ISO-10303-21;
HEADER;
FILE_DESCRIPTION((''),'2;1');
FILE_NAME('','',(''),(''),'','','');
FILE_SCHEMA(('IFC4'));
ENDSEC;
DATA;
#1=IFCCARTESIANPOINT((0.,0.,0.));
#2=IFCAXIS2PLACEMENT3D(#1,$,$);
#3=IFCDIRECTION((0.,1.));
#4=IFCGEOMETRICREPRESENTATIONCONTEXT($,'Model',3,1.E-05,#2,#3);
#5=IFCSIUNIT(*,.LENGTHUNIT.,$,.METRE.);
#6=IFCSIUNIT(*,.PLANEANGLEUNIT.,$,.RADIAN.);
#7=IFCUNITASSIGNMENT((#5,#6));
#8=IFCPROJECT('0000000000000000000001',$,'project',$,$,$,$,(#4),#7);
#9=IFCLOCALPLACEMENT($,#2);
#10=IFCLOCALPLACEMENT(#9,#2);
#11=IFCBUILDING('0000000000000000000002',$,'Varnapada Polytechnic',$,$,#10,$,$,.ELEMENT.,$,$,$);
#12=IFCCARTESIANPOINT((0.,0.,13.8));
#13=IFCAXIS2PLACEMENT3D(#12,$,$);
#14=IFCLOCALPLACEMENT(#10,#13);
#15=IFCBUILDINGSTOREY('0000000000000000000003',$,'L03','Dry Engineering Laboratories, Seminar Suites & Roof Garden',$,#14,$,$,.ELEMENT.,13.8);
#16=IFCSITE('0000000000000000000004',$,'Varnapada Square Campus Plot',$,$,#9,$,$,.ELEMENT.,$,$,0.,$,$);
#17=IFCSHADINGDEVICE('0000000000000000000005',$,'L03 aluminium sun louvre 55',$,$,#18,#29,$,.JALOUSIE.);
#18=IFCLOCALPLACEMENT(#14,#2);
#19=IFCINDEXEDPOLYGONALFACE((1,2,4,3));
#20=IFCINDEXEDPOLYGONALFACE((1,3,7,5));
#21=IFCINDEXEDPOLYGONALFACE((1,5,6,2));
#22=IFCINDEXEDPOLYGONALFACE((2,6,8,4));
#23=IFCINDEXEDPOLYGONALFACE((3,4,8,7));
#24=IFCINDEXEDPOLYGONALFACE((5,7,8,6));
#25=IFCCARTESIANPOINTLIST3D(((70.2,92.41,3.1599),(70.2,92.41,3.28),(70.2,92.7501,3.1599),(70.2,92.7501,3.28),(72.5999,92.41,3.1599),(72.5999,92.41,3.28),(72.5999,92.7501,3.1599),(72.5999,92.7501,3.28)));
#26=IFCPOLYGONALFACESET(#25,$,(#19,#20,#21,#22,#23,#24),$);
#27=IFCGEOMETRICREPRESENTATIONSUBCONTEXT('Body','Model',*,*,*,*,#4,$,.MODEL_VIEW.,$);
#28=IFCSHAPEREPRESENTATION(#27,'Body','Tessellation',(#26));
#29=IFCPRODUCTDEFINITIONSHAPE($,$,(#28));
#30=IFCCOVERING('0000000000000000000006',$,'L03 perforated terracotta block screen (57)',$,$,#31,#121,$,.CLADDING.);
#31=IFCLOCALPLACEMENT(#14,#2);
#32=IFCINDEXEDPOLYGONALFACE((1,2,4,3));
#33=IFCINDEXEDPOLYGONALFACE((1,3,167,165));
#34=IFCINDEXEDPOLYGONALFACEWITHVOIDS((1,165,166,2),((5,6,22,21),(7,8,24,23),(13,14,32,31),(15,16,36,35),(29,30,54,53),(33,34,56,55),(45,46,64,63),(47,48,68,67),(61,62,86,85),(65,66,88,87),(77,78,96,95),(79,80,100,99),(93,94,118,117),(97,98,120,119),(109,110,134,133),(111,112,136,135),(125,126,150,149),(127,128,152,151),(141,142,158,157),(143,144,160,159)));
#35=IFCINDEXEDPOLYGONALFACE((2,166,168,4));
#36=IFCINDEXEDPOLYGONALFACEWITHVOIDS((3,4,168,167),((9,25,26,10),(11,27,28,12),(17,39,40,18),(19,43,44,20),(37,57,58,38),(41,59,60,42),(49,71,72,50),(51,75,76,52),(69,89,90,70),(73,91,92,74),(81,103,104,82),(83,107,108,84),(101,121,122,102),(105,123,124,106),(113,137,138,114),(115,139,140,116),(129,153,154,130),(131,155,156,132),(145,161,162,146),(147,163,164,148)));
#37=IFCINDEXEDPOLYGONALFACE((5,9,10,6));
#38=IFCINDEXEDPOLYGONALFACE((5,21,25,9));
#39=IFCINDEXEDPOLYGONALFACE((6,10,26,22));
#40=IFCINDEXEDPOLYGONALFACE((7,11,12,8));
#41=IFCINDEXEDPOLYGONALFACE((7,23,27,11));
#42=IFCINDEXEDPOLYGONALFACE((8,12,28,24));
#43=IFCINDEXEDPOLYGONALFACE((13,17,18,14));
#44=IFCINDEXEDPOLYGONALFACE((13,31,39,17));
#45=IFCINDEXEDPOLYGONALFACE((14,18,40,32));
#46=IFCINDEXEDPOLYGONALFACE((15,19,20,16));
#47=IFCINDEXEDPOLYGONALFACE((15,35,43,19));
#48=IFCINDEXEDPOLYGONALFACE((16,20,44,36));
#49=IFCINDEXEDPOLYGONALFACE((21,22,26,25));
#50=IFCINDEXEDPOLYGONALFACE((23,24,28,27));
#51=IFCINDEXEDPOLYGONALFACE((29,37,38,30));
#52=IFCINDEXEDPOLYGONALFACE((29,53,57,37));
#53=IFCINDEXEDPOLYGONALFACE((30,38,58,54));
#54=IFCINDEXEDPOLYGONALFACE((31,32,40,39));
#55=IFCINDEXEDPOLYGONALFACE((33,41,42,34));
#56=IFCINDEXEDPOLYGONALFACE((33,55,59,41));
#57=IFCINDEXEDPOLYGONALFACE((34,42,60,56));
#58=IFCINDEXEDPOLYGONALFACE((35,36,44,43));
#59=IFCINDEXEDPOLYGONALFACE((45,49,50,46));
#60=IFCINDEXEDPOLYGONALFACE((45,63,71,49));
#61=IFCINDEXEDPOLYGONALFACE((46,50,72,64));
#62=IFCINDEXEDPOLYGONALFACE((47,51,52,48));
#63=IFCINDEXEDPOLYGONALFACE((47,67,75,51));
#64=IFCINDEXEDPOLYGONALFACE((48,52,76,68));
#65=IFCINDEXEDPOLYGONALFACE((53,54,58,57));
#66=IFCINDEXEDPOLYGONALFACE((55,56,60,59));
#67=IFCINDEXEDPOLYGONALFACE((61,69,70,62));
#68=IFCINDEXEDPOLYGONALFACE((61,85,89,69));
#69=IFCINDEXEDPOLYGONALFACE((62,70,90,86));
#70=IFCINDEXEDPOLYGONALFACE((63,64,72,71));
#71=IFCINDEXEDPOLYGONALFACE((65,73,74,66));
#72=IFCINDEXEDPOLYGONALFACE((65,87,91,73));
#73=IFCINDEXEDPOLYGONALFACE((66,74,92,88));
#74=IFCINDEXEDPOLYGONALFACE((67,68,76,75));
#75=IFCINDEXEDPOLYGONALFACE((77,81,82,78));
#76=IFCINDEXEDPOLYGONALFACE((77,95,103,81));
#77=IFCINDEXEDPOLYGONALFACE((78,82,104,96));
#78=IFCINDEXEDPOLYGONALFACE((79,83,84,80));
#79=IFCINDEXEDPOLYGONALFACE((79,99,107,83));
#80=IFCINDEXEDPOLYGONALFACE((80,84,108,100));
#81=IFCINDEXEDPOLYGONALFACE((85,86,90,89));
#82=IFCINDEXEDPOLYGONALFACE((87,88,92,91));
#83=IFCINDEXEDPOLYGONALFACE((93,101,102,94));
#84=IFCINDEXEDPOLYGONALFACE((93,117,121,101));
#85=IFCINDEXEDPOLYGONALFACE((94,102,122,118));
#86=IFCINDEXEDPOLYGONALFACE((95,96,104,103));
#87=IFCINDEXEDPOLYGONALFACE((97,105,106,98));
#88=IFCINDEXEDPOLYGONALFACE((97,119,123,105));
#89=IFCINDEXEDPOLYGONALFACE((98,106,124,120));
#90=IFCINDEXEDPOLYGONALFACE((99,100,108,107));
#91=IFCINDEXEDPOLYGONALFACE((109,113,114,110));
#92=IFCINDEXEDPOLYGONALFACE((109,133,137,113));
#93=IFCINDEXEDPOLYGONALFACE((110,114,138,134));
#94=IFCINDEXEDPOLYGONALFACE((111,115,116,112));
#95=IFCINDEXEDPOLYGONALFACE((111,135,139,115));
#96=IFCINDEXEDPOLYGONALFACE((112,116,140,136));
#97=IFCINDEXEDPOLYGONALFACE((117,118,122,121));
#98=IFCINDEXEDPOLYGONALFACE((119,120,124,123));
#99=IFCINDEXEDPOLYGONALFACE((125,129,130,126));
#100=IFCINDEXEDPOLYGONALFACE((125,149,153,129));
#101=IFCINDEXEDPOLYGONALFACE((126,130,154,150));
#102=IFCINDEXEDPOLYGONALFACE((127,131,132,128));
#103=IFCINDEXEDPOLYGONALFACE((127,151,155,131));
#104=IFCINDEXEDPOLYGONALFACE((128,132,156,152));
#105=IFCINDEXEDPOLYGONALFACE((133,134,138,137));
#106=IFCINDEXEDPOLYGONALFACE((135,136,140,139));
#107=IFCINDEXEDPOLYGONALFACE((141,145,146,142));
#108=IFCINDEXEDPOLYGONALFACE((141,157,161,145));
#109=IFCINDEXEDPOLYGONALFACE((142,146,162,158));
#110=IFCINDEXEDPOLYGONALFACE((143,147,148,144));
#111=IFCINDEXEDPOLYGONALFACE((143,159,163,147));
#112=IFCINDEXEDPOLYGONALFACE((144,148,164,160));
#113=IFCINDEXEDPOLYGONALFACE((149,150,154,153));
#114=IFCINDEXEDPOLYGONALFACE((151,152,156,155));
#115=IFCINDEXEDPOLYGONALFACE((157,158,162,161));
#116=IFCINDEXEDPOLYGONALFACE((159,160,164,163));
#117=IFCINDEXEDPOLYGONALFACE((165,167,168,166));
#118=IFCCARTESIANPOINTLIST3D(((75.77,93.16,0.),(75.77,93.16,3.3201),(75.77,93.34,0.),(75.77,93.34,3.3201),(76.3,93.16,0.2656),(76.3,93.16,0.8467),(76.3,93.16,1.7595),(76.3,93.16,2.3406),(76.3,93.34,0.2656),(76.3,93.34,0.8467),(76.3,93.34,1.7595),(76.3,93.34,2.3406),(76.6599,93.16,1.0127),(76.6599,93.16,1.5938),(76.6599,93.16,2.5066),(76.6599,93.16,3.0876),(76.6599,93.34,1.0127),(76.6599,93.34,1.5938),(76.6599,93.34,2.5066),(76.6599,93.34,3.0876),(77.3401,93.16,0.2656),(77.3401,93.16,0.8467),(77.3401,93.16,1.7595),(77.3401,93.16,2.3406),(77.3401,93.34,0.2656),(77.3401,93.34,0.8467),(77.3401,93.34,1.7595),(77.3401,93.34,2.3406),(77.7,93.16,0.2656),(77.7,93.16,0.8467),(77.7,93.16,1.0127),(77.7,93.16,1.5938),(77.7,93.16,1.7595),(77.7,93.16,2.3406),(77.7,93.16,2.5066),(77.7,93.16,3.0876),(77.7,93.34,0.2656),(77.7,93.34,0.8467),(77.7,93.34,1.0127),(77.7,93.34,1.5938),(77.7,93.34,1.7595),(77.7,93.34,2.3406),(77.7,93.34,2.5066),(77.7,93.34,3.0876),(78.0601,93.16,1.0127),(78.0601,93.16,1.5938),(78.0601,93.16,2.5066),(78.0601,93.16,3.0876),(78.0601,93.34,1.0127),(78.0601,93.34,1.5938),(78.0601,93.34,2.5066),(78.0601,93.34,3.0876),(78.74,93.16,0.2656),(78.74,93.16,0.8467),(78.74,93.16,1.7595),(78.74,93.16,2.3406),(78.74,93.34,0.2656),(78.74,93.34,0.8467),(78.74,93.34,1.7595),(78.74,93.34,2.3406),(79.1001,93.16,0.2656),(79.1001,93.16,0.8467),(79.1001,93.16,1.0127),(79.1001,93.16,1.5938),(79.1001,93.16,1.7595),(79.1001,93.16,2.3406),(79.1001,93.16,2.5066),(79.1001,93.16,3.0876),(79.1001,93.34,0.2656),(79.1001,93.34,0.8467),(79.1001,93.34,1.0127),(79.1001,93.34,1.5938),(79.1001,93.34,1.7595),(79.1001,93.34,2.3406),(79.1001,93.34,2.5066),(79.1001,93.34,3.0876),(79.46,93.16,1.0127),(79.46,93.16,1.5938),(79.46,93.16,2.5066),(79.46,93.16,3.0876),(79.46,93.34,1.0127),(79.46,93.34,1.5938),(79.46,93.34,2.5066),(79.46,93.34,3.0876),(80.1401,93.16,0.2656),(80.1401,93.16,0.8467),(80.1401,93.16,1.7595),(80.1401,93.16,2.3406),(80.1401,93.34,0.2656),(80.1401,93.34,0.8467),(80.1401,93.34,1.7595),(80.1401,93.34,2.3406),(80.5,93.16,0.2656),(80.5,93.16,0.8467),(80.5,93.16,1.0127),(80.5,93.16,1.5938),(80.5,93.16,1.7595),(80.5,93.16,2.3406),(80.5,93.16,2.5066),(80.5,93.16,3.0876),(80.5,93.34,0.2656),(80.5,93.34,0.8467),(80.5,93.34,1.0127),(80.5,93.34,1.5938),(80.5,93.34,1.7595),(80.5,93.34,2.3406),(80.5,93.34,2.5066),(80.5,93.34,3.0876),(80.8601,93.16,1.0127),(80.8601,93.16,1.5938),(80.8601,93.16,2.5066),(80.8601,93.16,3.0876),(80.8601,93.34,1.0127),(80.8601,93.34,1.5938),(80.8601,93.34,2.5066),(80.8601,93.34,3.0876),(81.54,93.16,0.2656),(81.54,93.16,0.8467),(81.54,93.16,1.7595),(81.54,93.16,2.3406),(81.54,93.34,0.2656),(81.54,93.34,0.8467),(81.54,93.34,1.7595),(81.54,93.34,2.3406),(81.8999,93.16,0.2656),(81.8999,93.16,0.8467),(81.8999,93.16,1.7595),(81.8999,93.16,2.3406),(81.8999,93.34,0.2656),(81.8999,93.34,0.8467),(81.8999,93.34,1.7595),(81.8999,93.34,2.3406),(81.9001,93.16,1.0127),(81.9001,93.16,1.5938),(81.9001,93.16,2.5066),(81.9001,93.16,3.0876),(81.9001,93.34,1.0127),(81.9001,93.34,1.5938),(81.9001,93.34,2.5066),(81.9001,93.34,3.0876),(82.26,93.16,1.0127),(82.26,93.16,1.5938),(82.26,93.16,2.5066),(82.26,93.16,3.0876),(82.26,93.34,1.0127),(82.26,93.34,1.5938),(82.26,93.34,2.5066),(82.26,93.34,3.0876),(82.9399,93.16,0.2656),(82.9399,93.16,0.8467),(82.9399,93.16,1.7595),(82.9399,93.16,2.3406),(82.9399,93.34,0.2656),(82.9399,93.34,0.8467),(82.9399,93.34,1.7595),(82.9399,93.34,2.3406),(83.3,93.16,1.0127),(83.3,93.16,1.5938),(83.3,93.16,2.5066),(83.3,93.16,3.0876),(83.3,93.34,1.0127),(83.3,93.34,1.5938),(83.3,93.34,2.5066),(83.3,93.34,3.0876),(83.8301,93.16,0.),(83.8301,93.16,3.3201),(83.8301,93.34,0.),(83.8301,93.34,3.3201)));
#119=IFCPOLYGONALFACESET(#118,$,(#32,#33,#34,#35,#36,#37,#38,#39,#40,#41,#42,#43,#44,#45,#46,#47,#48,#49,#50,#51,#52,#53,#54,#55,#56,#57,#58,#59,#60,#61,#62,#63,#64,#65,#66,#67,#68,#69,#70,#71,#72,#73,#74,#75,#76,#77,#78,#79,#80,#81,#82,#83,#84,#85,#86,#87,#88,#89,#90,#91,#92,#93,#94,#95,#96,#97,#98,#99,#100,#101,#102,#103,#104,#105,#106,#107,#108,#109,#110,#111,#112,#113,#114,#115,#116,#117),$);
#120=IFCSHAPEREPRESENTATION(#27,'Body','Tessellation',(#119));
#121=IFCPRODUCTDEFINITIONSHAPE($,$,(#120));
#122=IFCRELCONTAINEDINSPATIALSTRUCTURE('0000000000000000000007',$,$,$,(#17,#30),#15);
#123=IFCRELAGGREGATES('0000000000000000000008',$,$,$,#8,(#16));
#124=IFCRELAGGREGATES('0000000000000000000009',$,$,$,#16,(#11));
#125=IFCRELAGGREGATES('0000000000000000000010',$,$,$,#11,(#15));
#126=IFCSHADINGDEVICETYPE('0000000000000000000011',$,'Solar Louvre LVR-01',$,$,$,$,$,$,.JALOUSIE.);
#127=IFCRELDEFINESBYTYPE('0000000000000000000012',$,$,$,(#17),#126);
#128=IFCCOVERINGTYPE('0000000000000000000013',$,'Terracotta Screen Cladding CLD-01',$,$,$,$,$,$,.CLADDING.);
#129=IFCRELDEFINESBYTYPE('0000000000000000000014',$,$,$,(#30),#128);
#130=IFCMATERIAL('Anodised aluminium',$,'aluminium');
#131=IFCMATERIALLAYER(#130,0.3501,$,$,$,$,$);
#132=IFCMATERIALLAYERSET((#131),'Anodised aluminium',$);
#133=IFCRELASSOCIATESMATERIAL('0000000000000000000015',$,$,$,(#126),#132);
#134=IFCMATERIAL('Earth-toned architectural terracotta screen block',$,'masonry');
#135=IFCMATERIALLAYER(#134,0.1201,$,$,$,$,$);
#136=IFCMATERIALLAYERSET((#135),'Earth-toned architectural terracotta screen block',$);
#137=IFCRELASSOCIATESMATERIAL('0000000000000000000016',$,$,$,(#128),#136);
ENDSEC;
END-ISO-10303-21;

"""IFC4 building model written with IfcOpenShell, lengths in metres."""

from ifc_helpers import new_model, si_unit, direction, frame, frame_2d, origin, origin_2d, place, context, subcontext, project, spatial, rectangle, extrude, material, layer, layer_set, type_object, element, save


model = new_model("IFC4")

# Units and contexts
model_context = context("Model", 3, precision=1e-05, world=origin(), true_north=direction((0.0, 1.0)))
body_context = subcontext(model_context, "Body", "Model", "MODEL_VIEW")
ifc_project = project(units=[si_unit("LENGTHUNIT", "METRE"), si_unit("PLANEANGLEUNIT", "RADIAN")], contexts=[model_context])

# Site, building, storey
site_placement = place(None, origin())
site = spatial("IfcSite", under=ifc_project, at=site_placement, Name="Varnapada Square Campus Plot", CompositionType="ELEMENT", RefElevation=0.0)
building_placement = place(site_placement, origin())
building = spatial("IfcBuilding", under=site, at=building_placement, Name="Varnapada Polytechnic", CompositionType="ELEMENT")
storey_placement = place(building_placement, frame((0.0, 0.0, 13.8)))
storey = spatial("IfcBuildingStorey", under=building, at=storey_placement, Name="L03", Description="Dry Engineering Laboratories, Seminar Suites & Roof Garden", CompositionType="ELEMENT", Elevation=13.8)

# Shading device
ifc_material_1 = material(Name="Anodised aluminium", Category="aluminium")
ifc_layer_1 = layer(ifc_material_1, 0.3501)
ifc_layer_set_1 = layer_set([ifc_layer_1], Name="Anodised aluminium")
shading_device_type_1 = type_object("IfcShadingDeviceType", Name="Solar Louvre LVR-01", PredefinedType="JALOUSIE", material=ifc_layer_set_1)
shading_device_1_placement = place(storey_placement, frame((71.3999, 92.5801, 3.1599), z_axis=(0.0, 0.0, 1.0), x_axis=(1.0, 0.0, 0.0)))
element("IfcShadingDevice", 1, at=shading_device_1_placement, inside=storey, type_object=shading_device_type_1, Name="L03 aluminium sun louvre 55", PredefinedType="JALOUSIE", context=body_context, shape_type="SweptSolid", body=[
    extrude(rectangle(XDim=2.3999, YDim=0.3401, at=origin_2d()), origin(), (0.0, 0.0, 1.0), 0.1201),
])

# Covering, openings
ifc_material_2 = material(Name="Earth-toned architectural terracotta screen block", Category="masonry")
ifc_layer_2 = layer(ifc_material_2, 0.1201)
ifc_layer_set_2 = layer_set([ifc_layer_2], Name="Earth-toned architectural terracotta screen block")
covering_type = type_object("IfcCoveringType", Name="Terracotta Screen Cladding CLD-01", PredefinedType="CLADDING", material=ifc_layer_set_2)
covering_placement = place(storey_placement, frame((75.77, 93.25, 0.0), z_axis=(0.0, 0.0, 1.0), x_axis=(1.0, 0.0, 0.0)))
covering = element("IfcCovering", 2, at=covering_placement, inside=storey, type_object=covering_type, Name="L03 perforated terracotta block screen (57)", PredefinedType="CLADDING", context=body_context, shape_type="SweptSolid", body=[
    extrude(rectangle(XDim=8.0601, YDim=0.1799, at=frame_2d((4.03, 0.0))), origin(), (0.0, 0.0, 1.0), 3.3201),
])
opening_1_placement = place(covering_placement, frame((0.53, 0.0, 0.2656)))
element("IfcOpeningElement", 3, at=opening_1_placement, cuts=covering, PredefinedType="OPENING", context=body_context, shape_type="SweptSolid", body=[
    extrude(rectangle(XDim=1.04, YDim=0.5811, at=frame_2d((0.52, 0.2905))), frame((0.0, 0.0999, 0.0), z_axis=(0.0, -1.0, 0.0), x_axis=(1.0, 0.0, 0.0)), (0.0, 0.0, 1.0), 0.2),
])
opening_2_placement = place(covering_placement, frame((1.9299, 0.0, 0.2656)))
element("IfcOpeningElement", 4, at=opening_2_placement, cuts=covering, PredefinedType="OPENING", context=body_context, shape_type="SweptSolid", body=[
    extrude(rectangle(XDim=1.04, YDim=0.5811, at=frame_2d((0.52, 0.2905))), frame((0.0, 0.0999, 0.0), z_axis=(0.0, -1.0, 0.0), x_axis=(1.0, 0.0, 0.0)), (0.0, 0.0, 1.0), 0.2),
])
opening_3_placement = place(covering_placement, frame((3.3301, 0.0, 0.2656)))
element("IfcOpeningElement", 5, at=opening_3_placement, cuts=covering, PredefinedType="OPENING", context=body_context, shape_type="SweptSolid", body=[
    extrude(rectangle(XDim=1.04, YDim=0.5811, at=frame_2d((0.52, 0.2905))), frame((0.0, 0.0999, 0.0), z_axis=(0.0, -1.0, 0.0), x_axis=(1.0, 0.0, 0.0)), (0.0, 0.0, 1.0), 0.2),
])
opening_4_placement = place(covering_placement, frame((4.73, 0.0, 0.2656)))
element("IfcOpeningElement", 6, at=opening_4_placement, cuts=covering, PredefinedType="OPENING", context=body_context, shape_type="SweptSolid", body=[
    extrude(rectangle(XDim=1.04, YDim=0.5811, at=frame_2d((0.52, 0.2905))), frame((0.0, 0.0999, 0.0), z_axis=(0.0, -1.0, 0.0), x_axis=(1.0, 0.0, 0.0)), (0.0, 0.0, 1.0), 0.2),
])
opening_5_placement = place(covering_placement, frame((6.1299, 0.0, 0.2656)))
element("IfcOpeningElement", 7, at=opening_5_placement, cuts=covering, PredefinedType="OPENING", context=body_context, shape_type="SweptSolid", body=[
    extrude(rectangle(XDim=1.04, YDim=0.5811, at=frame_2d((0.52, 0.2905))), frame((0.0, 0.0999, 0.0), z_axis=(0.0, -1.0, 0.0), x_axis=(1.0, 0.0, 0.0)), (0.0, 0.0, 1.0), 0.2),
])
opening_6_placement = place(covering_placement, frame((0.8899, 0.0, 1.0127)))
element("IfcOpeningElement", 8, at=opening_6_placement, cuts=covering, PredefinedType="OPENING", context=body_context, shape_type="SweptSolid", body=[
    extrude(rectangle(XDim=1.04, YDim=0.5811, at=frame_2d((0.52, 0.2905))), frame((0.0, 0.0999, 0.0), z_axis=(0.0, -1.0, 0.0), x_axis=(1.0, 0.0, 0.0)), (0.0, 0.0, 1.0), 0.2),
])
opening_7_placement = place(covering_placement, frame((2.29, 0.0, 1.0127)))
element("IfcOpeningElement", 9, at=opening_7_placement, cuts=covering, PredefinedType="OPENING", context=body_context, shape_type="SweptSolid", body=[
    extrude(rectangle(XDim=1.04, YDim=0.5811, at=frame_2d((0.52, 0.2905))), frame((0.0, 0.0999, 0.0), z_axis=(0.0, -1.0, 0.0), x_axis=(1.0, 0.0, 0.0)), (0.0, 0.0, 1.0), 0.2),
])
opening_8_placement = place(covering_placement, frame((3.6899, 0.0, 1.0127)))
element("IfcOpeningElement", 10, at=opening_8_placement, cuts=covering, PredefinedType="OPENING", context=body_context, shape_type="SweptSolid", body=[
    extrude(rectangle(XDim=1.04, YDim=0.5811, at=frame_2d((0.52, 0.2905))), frame((0.0, 0.0999, 0.0), z_axis=(0.0, -1.0, 0.0), x_axis=(1.0, 0.0, 0.0)), (0.0, 0.0, 1.0), 0.2),
])
opening_9_placement = place(covering_placement, frame((5.0901, 0.0, 1.0127)))
element("IfcOpeningElement", 11, at=opening_9_placement, cuts=covering, PredefinedType="OPENING", context=body_context, shape_type="SweptSolid", body=[
    extrude(rectangle(XDim=1.04, YDim=0.5811, at=frame_2d((0.52, 0.2905))), frame((0.0, 0.0999, 0.0), z_axis=(0.0, -1.0, 0.0), x_axis=(1.0, 0.0, 0.0)), (0.0, 0.0, 1.0), 0.2),
])
opening_10_placement = place(covering_placement, frame((6.49, 0.0, 1.0127)))
element("IfcOpeningElement", 12, at=opening_10_placement, cuts=covering, PredefinedType="OPENING", context=body_context, shape_type="SweptSolid", body=[
    extrude(rectangle(XDim=1.04, YDim=0.5811, at=frame_2d((0.52, 0.2905))), frame((0.0, 0.0999, 0.0), z_axis=(0.0, -1.0, 0.0), x_axis=(1.0, 0.0, 0.0)), (0.0, 0.0, 1.0), 0.2),
])
opening_11_placement = place(covering_placement, frame((0.53, 0.0, 1.7595)))
element("IfcOpeningElement", 13, at=opening_11_placement, cuts=covering, PredefinedType="OPENING", context=body_context, shape_type="SweptSolid", body=[
    extrude(rectangle(XDim=1.04, YDim=0.5811, at=frame_2d((0.52, 0.2905))), frame((0.0, 0.0999, 0.0), z_axis=(0.0, -1.0, 0.0), x_axis=(1.0, 0.0, 0.0)), (0.0, 0.0, 1.0), 0.2),
])
opening_12_placement = place(covering_placement, frame((1.9299, 0.0, 1.7595)))
element("IfcOpeningElement", 14, at=opening_12_placement, cuts=covering, PredefinedType="OPENING", context=body_context, shape_type="SweptSolid", body=[
    extrude(rectangle(XDim=1.04, YDim=0.5811, at=frame_2d((0.52, 0.2905))), frame((0.0, 0.0999, 0.0), z_axis=(0.0, -1.0, 0.0), x_axis=(1.0, 0.0, 0.0)), (0.0, 0.0, 1.0), 0.2),
])
opening_13_placement = place(covering_placement, frame((3.3301, 0.0, 1.7595)))
element("IfcOpeningElement", 15, at=opening_13_placement, cuts=covering, PredefinedType="OPENING", context=body_context, shape_type="SweptSolid", body=[
    extrude(rectangle(XDim=1.04, YDim=0.5811, at=frame_2d((0.52, 0.2905))), frame((0.0, 0.0999, 0.0), z_axis=(0.0, -1.0, 0.0), x_axis=(1.0, 0.0, 0.0)), (0.0, 0.0, 1.0), 0.2),
])
opening_14_placement = place(covering_placement, frame((4.73, 0.0, 1.7595)))
element("IfcOpeningElement", 16, at=opening_14_placement, cuts=covering, PredefinedType="OPENING", context=body_context, shape_type="SweptSolid", body=[
    extrude(rectangle(XDim=1.04, YDim=0.5811, at=frame_2d((0.52, 0.2905))), frame((0.0, 0.0999, 0.0), z_axis=(0.0, -1.0, 0.0), x_axis=(1.0, 0.0, 0.0)), (0.0, 0.0, 1.0), 0.2),
])
opening_15_placement = place(covering_placement, frame((6.1299, 0.0, 1.7595)))
element("IfcOpeningElement", 17, at=opening_15_placement, cuts=covering, PredefinedType="OPENING", context=body_context, shape_type="SweptSolid", body=[
    extrude(rectangle(XDim=1.04, YDim=0.5811, at=frame_2d((0.52, 0.2905))), frame((0.0, 0.0999, 0.0), z_axis=(0.0, -1.0, 0.0), x_axis=(1.0, 0.0, 0.0)), (0.0, 0.0, 1.0), 0.2),
])
opening_16_placement = place(covering_placement, frame((0.8899, 0.0, 2.5066)))
element("IfcOpeningElement", 18, at=opening_16_placement, cuts=covering, PredefinedType="OPENING", context=body_context, shape_type="SweptSolid", body=[
    extrude(rectangle(XDim=1.04, YDim=0.5811, at=frame_2d((0.52, 0.2905))), frame((0.0, 0.0999, 0.0), z_axis=(0.0, -1.0, 0.0), x_axis=(1.0, 0.0, 0.0)), (0.0, 0.0, 1.0), 0.2),
])
opening_17_placement = place(covering_placement, frame((2.29, 0.0, 2.5066)))
element("IfcOpeningElement", 19, at=opening_17_placement, cuts=covering, PredefinedType="OPENING", context=body_context, shape_type="SweptSolid", body=[
    extrude(rectangle(XDim=1.04, YDim=0.5811, at=frame_2d((0.52, 0.2905))), frame((0.0, 0.0999, 0.0), z_axis=(0.0, -1.0, 0.0), x_axis=(1.0, 0.0, 0.0)), (0.0, 0.0, 1.0), 0.2),
])
opening_18_placement = place(covering_placement, frame((3.6899, 0.0, 2.5066)))
element("IfcOpeningElement", 20, at=opening_18_placement, cuts=covering, PredefinedType="OPENING", context=body_context, shape_type="SweptSolid", body=[
    extrude(rectangle(XDim=1.04, YDim=0.5811, at=frame_2d((0.52, 0.2905))), frame((0.0, 0.0999, 0.0), z_axis=(0.0, -1.0, 0.0), x_axis=(1.0, 0.0, 0.0)), (0.0, 0.0, 1.0), 0.2),
])
opening_19_placement = place(covering_placement, frame((5.0901, 0.0, 2.5066)))
element("IfcOpeningElement", 21, at=opening_19_placement, cuts=covering, PredefinedType="OPENING", context=body_context, shape_type="SweptSolid", body=[
    extrude(rectangle(XDim=1.04, YDim=0.5811, at=frame_2d((0.52, 0.2905))), frame((0.0, 0.0999, 0.0), z_axis=(0.0, -1.0, 0.0), x_axis=(1.0, 0.0, 0.0)), (0.0, 0.0, 1.0), 0.2),
])
opening_20_placement = place(covering_placement, frame((6.49, 0.0, 2.5066)))
element("IfcOpeningElement", 22, at=opening_20_placement, cuts=covering, PredefinedType="OPENING", context=body_context, shape_type="SweptSolid", body=[
    extrude(rectangle(XDim=1.04, YDim=0.5811, at=frame_2d((0.52, 0.2905))), frame((0.0, 0.0999, 0.0), z_axis=(0.0, -1.0, 0.0), x_axis=(1.0, 0.0, 0.0)), (0.0, 0.0, 1.0), 0.2),
])

save(model, "model.ifc")
